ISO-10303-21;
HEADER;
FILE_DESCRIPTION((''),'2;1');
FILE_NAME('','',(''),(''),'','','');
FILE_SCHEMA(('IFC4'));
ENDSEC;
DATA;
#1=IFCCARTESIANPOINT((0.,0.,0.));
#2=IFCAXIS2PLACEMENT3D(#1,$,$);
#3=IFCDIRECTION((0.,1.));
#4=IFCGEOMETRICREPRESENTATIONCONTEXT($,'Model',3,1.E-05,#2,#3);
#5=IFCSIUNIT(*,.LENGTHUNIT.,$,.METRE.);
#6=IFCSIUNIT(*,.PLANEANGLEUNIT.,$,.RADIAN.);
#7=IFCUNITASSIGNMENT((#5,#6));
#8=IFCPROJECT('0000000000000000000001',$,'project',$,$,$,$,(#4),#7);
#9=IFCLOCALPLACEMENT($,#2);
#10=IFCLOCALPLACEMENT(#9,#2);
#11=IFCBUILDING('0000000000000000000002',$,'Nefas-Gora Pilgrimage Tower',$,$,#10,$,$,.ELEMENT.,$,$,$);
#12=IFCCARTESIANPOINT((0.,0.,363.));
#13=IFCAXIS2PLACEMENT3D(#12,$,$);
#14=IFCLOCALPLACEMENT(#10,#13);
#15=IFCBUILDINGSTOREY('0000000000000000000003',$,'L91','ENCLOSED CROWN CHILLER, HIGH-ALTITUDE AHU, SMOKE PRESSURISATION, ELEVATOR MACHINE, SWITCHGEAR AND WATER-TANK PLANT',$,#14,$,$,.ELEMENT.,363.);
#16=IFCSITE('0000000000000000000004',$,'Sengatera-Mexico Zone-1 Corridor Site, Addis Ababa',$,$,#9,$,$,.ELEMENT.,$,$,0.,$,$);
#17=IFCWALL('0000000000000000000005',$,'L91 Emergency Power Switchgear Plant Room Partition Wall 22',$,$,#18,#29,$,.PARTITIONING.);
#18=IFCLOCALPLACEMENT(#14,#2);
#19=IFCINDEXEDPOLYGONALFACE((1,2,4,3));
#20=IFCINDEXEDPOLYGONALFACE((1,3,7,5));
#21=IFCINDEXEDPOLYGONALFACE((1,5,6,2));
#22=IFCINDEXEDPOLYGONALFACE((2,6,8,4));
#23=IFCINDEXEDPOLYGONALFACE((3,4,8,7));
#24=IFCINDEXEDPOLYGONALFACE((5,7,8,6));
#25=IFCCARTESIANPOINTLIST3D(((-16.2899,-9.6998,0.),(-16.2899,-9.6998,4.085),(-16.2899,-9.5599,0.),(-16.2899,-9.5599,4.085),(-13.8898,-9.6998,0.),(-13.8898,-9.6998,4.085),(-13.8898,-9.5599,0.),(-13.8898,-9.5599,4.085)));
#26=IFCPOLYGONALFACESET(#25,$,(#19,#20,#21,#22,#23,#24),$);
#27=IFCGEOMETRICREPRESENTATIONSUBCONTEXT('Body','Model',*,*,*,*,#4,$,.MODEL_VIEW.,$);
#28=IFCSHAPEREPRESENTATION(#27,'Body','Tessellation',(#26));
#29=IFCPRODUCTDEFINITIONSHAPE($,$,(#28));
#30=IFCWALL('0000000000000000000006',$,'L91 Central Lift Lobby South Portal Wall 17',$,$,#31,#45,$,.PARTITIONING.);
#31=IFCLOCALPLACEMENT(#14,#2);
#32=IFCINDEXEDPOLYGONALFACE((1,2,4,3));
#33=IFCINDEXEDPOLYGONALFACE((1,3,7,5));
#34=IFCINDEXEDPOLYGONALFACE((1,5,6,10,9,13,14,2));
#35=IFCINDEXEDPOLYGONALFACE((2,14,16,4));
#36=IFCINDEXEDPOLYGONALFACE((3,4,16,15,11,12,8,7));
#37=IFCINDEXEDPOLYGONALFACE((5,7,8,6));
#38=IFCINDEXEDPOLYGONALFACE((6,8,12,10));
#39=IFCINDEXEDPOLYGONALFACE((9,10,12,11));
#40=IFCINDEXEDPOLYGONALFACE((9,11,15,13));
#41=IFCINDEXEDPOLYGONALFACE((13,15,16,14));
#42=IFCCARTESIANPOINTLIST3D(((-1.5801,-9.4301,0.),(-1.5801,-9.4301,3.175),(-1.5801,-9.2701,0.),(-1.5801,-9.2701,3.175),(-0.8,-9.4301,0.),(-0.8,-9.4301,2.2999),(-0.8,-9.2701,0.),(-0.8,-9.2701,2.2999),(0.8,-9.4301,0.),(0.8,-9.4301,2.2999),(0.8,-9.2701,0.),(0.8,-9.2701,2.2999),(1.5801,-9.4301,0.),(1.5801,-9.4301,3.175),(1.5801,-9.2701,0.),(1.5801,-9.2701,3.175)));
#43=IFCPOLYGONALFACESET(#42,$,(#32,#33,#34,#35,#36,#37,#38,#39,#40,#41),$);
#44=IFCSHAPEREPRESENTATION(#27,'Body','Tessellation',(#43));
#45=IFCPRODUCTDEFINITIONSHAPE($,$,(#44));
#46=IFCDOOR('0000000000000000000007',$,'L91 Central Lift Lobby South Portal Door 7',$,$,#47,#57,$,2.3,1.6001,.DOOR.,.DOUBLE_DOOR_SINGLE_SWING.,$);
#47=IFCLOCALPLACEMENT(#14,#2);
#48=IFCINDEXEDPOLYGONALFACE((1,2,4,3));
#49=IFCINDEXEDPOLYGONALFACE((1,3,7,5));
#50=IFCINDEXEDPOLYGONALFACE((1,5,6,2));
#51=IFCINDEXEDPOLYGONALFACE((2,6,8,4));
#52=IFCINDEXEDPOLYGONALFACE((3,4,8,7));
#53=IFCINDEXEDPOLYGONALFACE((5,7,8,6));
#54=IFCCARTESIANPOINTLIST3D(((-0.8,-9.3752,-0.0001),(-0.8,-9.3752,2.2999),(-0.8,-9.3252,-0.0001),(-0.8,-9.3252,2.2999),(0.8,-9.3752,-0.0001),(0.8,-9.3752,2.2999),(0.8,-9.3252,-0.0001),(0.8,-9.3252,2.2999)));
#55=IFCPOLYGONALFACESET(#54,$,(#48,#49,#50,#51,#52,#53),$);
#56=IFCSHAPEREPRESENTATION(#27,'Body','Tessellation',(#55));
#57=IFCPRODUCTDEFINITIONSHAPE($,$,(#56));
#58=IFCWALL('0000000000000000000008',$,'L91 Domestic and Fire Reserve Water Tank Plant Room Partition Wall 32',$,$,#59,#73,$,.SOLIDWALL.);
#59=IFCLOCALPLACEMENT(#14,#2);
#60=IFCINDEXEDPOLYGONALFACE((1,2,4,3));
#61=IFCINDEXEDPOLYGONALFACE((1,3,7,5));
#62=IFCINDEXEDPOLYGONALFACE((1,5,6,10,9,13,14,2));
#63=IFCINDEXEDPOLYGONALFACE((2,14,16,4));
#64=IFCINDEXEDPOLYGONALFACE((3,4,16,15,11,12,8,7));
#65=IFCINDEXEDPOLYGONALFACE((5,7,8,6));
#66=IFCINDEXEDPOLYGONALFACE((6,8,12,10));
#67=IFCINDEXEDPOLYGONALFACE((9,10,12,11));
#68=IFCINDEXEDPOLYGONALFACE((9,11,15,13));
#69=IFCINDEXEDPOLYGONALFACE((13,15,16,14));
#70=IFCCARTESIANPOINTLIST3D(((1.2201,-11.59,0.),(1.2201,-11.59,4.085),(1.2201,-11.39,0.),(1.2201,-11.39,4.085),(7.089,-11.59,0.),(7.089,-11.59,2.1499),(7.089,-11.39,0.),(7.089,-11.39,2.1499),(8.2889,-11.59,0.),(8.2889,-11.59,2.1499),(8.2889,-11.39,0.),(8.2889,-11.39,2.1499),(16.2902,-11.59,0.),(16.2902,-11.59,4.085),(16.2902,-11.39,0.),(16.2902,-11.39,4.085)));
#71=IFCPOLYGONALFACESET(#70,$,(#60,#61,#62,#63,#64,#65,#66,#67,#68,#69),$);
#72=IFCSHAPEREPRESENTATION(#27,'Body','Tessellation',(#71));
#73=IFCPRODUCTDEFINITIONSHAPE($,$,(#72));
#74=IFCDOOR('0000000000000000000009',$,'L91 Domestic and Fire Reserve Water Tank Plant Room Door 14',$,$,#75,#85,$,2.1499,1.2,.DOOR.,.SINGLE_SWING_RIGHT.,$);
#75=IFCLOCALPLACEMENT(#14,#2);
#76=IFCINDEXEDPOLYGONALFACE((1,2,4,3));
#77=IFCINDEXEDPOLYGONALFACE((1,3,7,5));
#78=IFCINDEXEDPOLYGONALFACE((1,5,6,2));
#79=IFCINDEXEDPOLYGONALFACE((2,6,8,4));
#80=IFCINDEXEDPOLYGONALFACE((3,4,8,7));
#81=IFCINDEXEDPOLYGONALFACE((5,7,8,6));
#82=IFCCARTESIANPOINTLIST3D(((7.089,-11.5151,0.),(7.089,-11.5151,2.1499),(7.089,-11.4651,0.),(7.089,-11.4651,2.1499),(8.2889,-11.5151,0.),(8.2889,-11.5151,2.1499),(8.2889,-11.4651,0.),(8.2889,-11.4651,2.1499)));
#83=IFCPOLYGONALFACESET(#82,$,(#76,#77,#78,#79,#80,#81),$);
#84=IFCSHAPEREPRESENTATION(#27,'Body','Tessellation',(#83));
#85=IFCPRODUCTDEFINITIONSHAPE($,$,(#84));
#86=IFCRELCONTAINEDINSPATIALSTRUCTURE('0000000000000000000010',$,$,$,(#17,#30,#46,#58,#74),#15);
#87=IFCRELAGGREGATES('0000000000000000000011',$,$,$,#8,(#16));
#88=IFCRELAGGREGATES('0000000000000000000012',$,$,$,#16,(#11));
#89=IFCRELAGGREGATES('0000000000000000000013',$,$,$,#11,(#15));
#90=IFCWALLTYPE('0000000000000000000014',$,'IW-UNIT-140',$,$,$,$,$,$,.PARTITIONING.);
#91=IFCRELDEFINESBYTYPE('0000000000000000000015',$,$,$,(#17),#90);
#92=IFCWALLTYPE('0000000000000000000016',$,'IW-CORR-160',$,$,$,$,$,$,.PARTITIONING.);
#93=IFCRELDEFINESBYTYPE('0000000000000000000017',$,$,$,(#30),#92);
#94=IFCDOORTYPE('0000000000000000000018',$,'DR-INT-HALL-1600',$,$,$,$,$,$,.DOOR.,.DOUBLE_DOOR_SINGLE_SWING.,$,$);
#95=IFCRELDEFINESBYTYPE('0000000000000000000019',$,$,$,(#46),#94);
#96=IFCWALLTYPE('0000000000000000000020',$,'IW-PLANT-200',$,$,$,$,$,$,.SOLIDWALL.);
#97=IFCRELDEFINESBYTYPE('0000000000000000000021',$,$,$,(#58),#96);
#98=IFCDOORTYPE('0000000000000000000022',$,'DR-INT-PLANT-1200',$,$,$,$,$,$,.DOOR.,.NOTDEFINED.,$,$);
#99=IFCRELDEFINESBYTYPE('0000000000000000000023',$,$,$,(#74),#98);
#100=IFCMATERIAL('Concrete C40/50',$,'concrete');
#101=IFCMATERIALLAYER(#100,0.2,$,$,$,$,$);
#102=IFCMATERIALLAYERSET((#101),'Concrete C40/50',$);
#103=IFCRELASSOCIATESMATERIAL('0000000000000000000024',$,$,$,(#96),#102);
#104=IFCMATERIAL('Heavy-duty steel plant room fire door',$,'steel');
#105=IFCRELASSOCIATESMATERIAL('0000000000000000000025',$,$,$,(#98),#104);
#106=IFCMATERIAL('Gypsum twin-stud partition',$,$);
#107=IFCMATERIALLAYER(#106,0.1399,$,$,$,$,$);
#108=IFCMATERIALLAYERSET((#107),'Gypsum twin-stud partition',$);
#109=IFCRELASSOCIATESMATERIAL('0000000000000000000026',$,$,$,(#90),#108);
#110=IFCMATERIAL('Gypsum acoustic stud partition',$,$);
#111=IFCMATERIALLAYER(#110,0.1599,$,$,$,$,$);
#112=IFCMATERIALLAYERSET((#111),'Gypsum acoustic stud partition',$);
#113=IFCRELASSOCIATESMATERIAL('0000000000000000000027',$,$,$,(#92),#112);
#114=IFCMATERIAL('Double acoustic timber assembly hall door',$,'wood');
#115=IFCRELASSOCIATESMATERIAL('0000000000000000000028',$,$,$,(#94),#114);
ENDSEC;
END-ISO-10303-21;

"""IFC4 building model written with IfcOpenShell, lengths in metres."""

from ifc_helpers import new_model, si_unit, direction, frame, frame_2d, origin, place, context, subcontext, project, spatial, rectangle, extrude, source, transform, mapped, material, layer, layer_set, type_object, element, fill, save


model = new_model("IFC4")

# Units and contexts
model_context = context("Model", 3, precision=1e-05, world=origin(), true_north=direction((0.0, 1.0)))
body_context = subcontext(model_context, "Body", "Model", "MODEL_VIEW")
ifc_project = project(units=[si_unit("LENGTHUNIT", "METRE"), si_unit("PLANEANGLEUNIT", "RADIAN")], contexts=[model_context])

# Site, building, storey
site_placement = place(None, origin())
site = spatial("IfcSite", under=ifc_project, at=site_placement, Name="Sengatera-Mexico Zone-1 Corridor Site, Addis Ababa", CompositionType="ELEMENT", RefElevation=0.0)
building_placement = place(site_placement, origin())
building = spatial("IfcBuilding", under=site, at=building_placement, Name="Nefas-Gora Pilgrimage Tower", CompositionType="ELEMENT")
storey_placement = place(building_placement, frame((0.0, 0.0, 363.0)))
storey = spatial("IfcBuildingStorey", under=building, at=storey_placement, Name="L91", Description="ENCLOSED CROWN CHILLER, HIGH-ALTITUDE AHU, SMOKE PRESSURISATION, ELEVATOR MACHINE, SWITCHGEAR AND WATER-TANK PLANT", CompositionType="ELEMENT", Elevation=363.0)

# Shared definitions
ifc_material_1 = material(Name="Concrete C40/50", Category="concrete")
ifc_layer_1 = layer(ifc_material_1, 0.2)
ifc_layer_set_1 = layer_set([ifc_layer_1], Name="Concrete C40/50")
wall_type_1 = type_object("IfcWallType", Name="IW-PLANT-200", PredefinedType="SOLIDWALL", material=ifc_layer_set_1)
ifc_material_2 = material(Name="Heavy-duty steel plant room fire door", Category="steel")
door_type_1 = type_object("IfcDoorType", Name="DR-INT-PLANT-1200", OperationType="NOTDEFINED", PredefinedType="DOOR", material=ifc_material_2)
shared_shape_1 = source(origin(), body_context, "Body", "SweptSolid", [
    extrude(rectangle(XDim=1.2, YDim=2.1499, at=frame_2d((0.6001, 1.075))), frame((0.0, 0.0249, 0.0), z_axis=(0.0, -1.0, 0.0), x_axis=(1.0, 0.0, 0.0)), (0.0, 0.0, 1.0), 0.05),
])

# Wall
ifc_material_3 = material(Name="Gypsum twin-stud partition")
ifc_layer_2 = layer(ifc_material_3, 0.1399)
ifc_layer_set_2 = layer_set([ifc_layer_2], Name="Gypsum twin-stud partition")
wall_type_2 = type_object("IfcWallType", Name="IW-UNIT-140", PredefinedType="PARTITIONING", material=ifc_layer_set_2)
shared_shape_2 = source(origin(), body_context, "Body", "SweptSolid", [
    extrude(rectangle(XDim=2.4001, YDim=0.1399, at=frame_2d((1.2002, 0.0))), origin(), (0.0, 0.0, 1.0), 4.085),
])
wall_1_placement = place(storey_placement, frame((-16.29, -9.6299, 0.0), z_axis=(0.0, 0.0, 1.0), x_axis=(1.0, 0.0, 0.0)))
element("IfcWall", 1, at=wall_1_placement, inside=storey, type_object=wall_type_2, Name="L91 Emergency Power Switchgear Plant Room Partition Wall 22", PredefinedType="PARTITIONING", context=body_context, shape_type="MappedRepresentation", body=[
    mapped(shared_shape_2, transform((0.0, 0.0, 0.0), x_axis=(1.0, 0.0, 0.0), y_axis=(0.0, 1.0, 0.0), z_axis=(0.0, 0.0, 1.0), scale=1.0)),
])

# Walls, openings, doors
ifc_material_4 = material(Name="Gypsum acoustic stud partition")
ifc_layer_3 = layer(ifc_material_4, 0.1599)
ifc_layer_set_3 = layer_set([ifc_layer_3], Name="Gypsum acoustic stud partition")
wall_type_3 = type_object("IfcWallType", Name="IW-CORR-160", PredefinedType="PARTITIONING", material=ifc_layer_set_3)
shared_shape_3 = source(origin(), body_context, "Body", "SweptSolid", [
    extrude(rectangle(XDim=3.1602, YDim=0.1599, at=frame_2d((1.5801, 0.0))), origin(), (0.0, 0.0, 1.0), 3.175),
])
wall_2_placement = place(storey_placement, frame((-1.5801, -9.3501, 0.0), z_axis=(0.0, 0.0, 1.0), x_axis=(1.0, 0.0, 0.0)))
wall_2 = element("IfcWall", 2, at=wall_2_placement, inside=storey, type_object=wall_type_3, Name="L91 Central Lift Lobby South Portal Wall 17", PredefinedType="PARTITIONING", context=body_context, shape_type="MappedRepresentation", body=[
    mapped(shared_shape_3, transform((0.0, 0.0, 0.0), x_axis=(1.0, 0.0, 0.0), y_axis=(0.0, 1.0, 0.0), z_axis=(0.0, 0.0, 1.0), scale=1.0)),
])
opening_1_placement = place(wall_2_placement, frame((0.78, 0.0, 0.0)))
opening_1 = element("IfcOpeningElement", 3, at=opening_1_placement, cuts=wall_2, PredefinedType="OPENING", context=body_context, shape_type="SweptSolid", body=[
    extrude(rectangle(XDim=1.6001, YDim=2.3, at=frame_2d((0.8, 1.1499))), frame((0.0, 0.0898, 0.0), z_axis=(0.0, -1.0, 0.0), x_axis=(1.0, 0.0, 0.0)), (0.0, 0.0, 1.0), 0.1799),
])
ifc_material_5 = material(Name="Double acoustic timber assembly hall door", Category="wood")
door_type_2 = type_object("IfcDoorType", Name="DR-INT-HALL-1600", OperationType="DOUBLE_DOOR_SINGLE_SWING", PredefinedType="DOOR", material=ifc_material_5)
shared_shape_4 = source(origin(), body_context, "Body", "SweptSolid", [
    extrude(rectangle(XDim=1.6001, YDim=2.3, at=frame_2d((0.8, 1.1499))), frame((0.0, 0.0249, 0.0), z_axis=(0.0, -1.0, 0.0), x_axis=(1.0, 0.0, 0.0)), (0.0, 0.0, 1.0), 0.05),
])
door_1_placement = place(opening_1_placement, origin())
door_1 = element("IfcDoor", 4, at=door_1_placement, inside=storey, type_object=door_type_2, Name="L91 Central Lift Lobby South Portal Door 7", OperationType="DOUBLE_DOOR_SINGLE_SWING", OverallHeight=2.3, OverallWidth=1.6001, PredefinedType="DOOR", context=body_context, shape_type="MappedRepresentation", body=[
    mapped(shared_shape_4, transform((0.0, 0.0, 0.0), x_axis=(1.0, 0.0, 0.0), y_axis=(0.0, 1.0, 0.0), z_axis=(0.0, 0.0, 1.0), scale=1.0)),
])
fill(opening_1, door_1)
shared_shape_5 = source(origin(), body_context, "Body", "SweptSolid", [
    extrude(rectangle(XDim=15.0701, YDim=0.2, at=frame_2d((7.5352, 0.0))), origin(), (0.0, 0.0, 1.0), 4.085),
])
wall_3_placement = place(storey_placement, frame((1.22, -11.49, 0.0), z_axis=(0.0, 0.0, 1.0), x_axis=(1.0, 0.0, 0.0)))
wall_3 = element("IfcWall", 5, at=wall_3_placement, inside=storey, type_object=wall_type_1, Name="L91 Domestic and Fire Reserve Water Tank Plant Room Partition Wall 32", PredefinedType="SOLIDWALL", context=body_context, shape_type="MappedRepresentation", body=[
    mapped(shared_shape_5, transform((0.0, 0.0, 0.0), x_axis=(1.0, 0.0, 0.0), y_axis=(0.0, 1.0, 0.0), z_axis=(0.0, 0.0, 1.0), scale=1.0)),
])
opening_2_placement = place(wall_3_placement, frame((5.8689, 0.0, 0.0)))
opening_2 = element("IfcOpeningElement", 6, at=opening_2_placement, cuts=wall_3, PredefinedType="OPENING", context=body_context, shape_type="SweptSolid", body=[
    extrude(rectangle(XDim=1.2, YDim=2.1499, at=frame_2d((0.6001, 1.075))), frame((0.0, 0.1099, 0.0), z_axis=(0.0, -1.0, 0.0), x_axis=(1.0, 0.0, 0.0)), (0.0, 0.0, 1.0), 0.22),
])
door_2_placement = place(opening_2_placement, origin())
door_2 = element("IfcDoor", 7, at=door_2_placement, inside=storey, type_object=door_type_1, Name="L91 Domestic and Fire Reserve Water Tank Plant Room Door 14", OperationType="SINGLE_SWING_RIGHT", OverallHeight=2.1499, OverallWidth=1.2, PredefinedType="DOOR", context=body_context, shape_type="MappedRepresentation", body=[
    mapped(shared_shape_1, transform((0.0, 0.0, 0.0), x_axis=(1.0, 0.0, 0.0), y_axis=(0.0, 1.0, 0.0), z_axis=(0.0, 0.0, 1.0), scale=1.0)),
])
fill(opening_2, door_2)

save(model, "model.ifc")
